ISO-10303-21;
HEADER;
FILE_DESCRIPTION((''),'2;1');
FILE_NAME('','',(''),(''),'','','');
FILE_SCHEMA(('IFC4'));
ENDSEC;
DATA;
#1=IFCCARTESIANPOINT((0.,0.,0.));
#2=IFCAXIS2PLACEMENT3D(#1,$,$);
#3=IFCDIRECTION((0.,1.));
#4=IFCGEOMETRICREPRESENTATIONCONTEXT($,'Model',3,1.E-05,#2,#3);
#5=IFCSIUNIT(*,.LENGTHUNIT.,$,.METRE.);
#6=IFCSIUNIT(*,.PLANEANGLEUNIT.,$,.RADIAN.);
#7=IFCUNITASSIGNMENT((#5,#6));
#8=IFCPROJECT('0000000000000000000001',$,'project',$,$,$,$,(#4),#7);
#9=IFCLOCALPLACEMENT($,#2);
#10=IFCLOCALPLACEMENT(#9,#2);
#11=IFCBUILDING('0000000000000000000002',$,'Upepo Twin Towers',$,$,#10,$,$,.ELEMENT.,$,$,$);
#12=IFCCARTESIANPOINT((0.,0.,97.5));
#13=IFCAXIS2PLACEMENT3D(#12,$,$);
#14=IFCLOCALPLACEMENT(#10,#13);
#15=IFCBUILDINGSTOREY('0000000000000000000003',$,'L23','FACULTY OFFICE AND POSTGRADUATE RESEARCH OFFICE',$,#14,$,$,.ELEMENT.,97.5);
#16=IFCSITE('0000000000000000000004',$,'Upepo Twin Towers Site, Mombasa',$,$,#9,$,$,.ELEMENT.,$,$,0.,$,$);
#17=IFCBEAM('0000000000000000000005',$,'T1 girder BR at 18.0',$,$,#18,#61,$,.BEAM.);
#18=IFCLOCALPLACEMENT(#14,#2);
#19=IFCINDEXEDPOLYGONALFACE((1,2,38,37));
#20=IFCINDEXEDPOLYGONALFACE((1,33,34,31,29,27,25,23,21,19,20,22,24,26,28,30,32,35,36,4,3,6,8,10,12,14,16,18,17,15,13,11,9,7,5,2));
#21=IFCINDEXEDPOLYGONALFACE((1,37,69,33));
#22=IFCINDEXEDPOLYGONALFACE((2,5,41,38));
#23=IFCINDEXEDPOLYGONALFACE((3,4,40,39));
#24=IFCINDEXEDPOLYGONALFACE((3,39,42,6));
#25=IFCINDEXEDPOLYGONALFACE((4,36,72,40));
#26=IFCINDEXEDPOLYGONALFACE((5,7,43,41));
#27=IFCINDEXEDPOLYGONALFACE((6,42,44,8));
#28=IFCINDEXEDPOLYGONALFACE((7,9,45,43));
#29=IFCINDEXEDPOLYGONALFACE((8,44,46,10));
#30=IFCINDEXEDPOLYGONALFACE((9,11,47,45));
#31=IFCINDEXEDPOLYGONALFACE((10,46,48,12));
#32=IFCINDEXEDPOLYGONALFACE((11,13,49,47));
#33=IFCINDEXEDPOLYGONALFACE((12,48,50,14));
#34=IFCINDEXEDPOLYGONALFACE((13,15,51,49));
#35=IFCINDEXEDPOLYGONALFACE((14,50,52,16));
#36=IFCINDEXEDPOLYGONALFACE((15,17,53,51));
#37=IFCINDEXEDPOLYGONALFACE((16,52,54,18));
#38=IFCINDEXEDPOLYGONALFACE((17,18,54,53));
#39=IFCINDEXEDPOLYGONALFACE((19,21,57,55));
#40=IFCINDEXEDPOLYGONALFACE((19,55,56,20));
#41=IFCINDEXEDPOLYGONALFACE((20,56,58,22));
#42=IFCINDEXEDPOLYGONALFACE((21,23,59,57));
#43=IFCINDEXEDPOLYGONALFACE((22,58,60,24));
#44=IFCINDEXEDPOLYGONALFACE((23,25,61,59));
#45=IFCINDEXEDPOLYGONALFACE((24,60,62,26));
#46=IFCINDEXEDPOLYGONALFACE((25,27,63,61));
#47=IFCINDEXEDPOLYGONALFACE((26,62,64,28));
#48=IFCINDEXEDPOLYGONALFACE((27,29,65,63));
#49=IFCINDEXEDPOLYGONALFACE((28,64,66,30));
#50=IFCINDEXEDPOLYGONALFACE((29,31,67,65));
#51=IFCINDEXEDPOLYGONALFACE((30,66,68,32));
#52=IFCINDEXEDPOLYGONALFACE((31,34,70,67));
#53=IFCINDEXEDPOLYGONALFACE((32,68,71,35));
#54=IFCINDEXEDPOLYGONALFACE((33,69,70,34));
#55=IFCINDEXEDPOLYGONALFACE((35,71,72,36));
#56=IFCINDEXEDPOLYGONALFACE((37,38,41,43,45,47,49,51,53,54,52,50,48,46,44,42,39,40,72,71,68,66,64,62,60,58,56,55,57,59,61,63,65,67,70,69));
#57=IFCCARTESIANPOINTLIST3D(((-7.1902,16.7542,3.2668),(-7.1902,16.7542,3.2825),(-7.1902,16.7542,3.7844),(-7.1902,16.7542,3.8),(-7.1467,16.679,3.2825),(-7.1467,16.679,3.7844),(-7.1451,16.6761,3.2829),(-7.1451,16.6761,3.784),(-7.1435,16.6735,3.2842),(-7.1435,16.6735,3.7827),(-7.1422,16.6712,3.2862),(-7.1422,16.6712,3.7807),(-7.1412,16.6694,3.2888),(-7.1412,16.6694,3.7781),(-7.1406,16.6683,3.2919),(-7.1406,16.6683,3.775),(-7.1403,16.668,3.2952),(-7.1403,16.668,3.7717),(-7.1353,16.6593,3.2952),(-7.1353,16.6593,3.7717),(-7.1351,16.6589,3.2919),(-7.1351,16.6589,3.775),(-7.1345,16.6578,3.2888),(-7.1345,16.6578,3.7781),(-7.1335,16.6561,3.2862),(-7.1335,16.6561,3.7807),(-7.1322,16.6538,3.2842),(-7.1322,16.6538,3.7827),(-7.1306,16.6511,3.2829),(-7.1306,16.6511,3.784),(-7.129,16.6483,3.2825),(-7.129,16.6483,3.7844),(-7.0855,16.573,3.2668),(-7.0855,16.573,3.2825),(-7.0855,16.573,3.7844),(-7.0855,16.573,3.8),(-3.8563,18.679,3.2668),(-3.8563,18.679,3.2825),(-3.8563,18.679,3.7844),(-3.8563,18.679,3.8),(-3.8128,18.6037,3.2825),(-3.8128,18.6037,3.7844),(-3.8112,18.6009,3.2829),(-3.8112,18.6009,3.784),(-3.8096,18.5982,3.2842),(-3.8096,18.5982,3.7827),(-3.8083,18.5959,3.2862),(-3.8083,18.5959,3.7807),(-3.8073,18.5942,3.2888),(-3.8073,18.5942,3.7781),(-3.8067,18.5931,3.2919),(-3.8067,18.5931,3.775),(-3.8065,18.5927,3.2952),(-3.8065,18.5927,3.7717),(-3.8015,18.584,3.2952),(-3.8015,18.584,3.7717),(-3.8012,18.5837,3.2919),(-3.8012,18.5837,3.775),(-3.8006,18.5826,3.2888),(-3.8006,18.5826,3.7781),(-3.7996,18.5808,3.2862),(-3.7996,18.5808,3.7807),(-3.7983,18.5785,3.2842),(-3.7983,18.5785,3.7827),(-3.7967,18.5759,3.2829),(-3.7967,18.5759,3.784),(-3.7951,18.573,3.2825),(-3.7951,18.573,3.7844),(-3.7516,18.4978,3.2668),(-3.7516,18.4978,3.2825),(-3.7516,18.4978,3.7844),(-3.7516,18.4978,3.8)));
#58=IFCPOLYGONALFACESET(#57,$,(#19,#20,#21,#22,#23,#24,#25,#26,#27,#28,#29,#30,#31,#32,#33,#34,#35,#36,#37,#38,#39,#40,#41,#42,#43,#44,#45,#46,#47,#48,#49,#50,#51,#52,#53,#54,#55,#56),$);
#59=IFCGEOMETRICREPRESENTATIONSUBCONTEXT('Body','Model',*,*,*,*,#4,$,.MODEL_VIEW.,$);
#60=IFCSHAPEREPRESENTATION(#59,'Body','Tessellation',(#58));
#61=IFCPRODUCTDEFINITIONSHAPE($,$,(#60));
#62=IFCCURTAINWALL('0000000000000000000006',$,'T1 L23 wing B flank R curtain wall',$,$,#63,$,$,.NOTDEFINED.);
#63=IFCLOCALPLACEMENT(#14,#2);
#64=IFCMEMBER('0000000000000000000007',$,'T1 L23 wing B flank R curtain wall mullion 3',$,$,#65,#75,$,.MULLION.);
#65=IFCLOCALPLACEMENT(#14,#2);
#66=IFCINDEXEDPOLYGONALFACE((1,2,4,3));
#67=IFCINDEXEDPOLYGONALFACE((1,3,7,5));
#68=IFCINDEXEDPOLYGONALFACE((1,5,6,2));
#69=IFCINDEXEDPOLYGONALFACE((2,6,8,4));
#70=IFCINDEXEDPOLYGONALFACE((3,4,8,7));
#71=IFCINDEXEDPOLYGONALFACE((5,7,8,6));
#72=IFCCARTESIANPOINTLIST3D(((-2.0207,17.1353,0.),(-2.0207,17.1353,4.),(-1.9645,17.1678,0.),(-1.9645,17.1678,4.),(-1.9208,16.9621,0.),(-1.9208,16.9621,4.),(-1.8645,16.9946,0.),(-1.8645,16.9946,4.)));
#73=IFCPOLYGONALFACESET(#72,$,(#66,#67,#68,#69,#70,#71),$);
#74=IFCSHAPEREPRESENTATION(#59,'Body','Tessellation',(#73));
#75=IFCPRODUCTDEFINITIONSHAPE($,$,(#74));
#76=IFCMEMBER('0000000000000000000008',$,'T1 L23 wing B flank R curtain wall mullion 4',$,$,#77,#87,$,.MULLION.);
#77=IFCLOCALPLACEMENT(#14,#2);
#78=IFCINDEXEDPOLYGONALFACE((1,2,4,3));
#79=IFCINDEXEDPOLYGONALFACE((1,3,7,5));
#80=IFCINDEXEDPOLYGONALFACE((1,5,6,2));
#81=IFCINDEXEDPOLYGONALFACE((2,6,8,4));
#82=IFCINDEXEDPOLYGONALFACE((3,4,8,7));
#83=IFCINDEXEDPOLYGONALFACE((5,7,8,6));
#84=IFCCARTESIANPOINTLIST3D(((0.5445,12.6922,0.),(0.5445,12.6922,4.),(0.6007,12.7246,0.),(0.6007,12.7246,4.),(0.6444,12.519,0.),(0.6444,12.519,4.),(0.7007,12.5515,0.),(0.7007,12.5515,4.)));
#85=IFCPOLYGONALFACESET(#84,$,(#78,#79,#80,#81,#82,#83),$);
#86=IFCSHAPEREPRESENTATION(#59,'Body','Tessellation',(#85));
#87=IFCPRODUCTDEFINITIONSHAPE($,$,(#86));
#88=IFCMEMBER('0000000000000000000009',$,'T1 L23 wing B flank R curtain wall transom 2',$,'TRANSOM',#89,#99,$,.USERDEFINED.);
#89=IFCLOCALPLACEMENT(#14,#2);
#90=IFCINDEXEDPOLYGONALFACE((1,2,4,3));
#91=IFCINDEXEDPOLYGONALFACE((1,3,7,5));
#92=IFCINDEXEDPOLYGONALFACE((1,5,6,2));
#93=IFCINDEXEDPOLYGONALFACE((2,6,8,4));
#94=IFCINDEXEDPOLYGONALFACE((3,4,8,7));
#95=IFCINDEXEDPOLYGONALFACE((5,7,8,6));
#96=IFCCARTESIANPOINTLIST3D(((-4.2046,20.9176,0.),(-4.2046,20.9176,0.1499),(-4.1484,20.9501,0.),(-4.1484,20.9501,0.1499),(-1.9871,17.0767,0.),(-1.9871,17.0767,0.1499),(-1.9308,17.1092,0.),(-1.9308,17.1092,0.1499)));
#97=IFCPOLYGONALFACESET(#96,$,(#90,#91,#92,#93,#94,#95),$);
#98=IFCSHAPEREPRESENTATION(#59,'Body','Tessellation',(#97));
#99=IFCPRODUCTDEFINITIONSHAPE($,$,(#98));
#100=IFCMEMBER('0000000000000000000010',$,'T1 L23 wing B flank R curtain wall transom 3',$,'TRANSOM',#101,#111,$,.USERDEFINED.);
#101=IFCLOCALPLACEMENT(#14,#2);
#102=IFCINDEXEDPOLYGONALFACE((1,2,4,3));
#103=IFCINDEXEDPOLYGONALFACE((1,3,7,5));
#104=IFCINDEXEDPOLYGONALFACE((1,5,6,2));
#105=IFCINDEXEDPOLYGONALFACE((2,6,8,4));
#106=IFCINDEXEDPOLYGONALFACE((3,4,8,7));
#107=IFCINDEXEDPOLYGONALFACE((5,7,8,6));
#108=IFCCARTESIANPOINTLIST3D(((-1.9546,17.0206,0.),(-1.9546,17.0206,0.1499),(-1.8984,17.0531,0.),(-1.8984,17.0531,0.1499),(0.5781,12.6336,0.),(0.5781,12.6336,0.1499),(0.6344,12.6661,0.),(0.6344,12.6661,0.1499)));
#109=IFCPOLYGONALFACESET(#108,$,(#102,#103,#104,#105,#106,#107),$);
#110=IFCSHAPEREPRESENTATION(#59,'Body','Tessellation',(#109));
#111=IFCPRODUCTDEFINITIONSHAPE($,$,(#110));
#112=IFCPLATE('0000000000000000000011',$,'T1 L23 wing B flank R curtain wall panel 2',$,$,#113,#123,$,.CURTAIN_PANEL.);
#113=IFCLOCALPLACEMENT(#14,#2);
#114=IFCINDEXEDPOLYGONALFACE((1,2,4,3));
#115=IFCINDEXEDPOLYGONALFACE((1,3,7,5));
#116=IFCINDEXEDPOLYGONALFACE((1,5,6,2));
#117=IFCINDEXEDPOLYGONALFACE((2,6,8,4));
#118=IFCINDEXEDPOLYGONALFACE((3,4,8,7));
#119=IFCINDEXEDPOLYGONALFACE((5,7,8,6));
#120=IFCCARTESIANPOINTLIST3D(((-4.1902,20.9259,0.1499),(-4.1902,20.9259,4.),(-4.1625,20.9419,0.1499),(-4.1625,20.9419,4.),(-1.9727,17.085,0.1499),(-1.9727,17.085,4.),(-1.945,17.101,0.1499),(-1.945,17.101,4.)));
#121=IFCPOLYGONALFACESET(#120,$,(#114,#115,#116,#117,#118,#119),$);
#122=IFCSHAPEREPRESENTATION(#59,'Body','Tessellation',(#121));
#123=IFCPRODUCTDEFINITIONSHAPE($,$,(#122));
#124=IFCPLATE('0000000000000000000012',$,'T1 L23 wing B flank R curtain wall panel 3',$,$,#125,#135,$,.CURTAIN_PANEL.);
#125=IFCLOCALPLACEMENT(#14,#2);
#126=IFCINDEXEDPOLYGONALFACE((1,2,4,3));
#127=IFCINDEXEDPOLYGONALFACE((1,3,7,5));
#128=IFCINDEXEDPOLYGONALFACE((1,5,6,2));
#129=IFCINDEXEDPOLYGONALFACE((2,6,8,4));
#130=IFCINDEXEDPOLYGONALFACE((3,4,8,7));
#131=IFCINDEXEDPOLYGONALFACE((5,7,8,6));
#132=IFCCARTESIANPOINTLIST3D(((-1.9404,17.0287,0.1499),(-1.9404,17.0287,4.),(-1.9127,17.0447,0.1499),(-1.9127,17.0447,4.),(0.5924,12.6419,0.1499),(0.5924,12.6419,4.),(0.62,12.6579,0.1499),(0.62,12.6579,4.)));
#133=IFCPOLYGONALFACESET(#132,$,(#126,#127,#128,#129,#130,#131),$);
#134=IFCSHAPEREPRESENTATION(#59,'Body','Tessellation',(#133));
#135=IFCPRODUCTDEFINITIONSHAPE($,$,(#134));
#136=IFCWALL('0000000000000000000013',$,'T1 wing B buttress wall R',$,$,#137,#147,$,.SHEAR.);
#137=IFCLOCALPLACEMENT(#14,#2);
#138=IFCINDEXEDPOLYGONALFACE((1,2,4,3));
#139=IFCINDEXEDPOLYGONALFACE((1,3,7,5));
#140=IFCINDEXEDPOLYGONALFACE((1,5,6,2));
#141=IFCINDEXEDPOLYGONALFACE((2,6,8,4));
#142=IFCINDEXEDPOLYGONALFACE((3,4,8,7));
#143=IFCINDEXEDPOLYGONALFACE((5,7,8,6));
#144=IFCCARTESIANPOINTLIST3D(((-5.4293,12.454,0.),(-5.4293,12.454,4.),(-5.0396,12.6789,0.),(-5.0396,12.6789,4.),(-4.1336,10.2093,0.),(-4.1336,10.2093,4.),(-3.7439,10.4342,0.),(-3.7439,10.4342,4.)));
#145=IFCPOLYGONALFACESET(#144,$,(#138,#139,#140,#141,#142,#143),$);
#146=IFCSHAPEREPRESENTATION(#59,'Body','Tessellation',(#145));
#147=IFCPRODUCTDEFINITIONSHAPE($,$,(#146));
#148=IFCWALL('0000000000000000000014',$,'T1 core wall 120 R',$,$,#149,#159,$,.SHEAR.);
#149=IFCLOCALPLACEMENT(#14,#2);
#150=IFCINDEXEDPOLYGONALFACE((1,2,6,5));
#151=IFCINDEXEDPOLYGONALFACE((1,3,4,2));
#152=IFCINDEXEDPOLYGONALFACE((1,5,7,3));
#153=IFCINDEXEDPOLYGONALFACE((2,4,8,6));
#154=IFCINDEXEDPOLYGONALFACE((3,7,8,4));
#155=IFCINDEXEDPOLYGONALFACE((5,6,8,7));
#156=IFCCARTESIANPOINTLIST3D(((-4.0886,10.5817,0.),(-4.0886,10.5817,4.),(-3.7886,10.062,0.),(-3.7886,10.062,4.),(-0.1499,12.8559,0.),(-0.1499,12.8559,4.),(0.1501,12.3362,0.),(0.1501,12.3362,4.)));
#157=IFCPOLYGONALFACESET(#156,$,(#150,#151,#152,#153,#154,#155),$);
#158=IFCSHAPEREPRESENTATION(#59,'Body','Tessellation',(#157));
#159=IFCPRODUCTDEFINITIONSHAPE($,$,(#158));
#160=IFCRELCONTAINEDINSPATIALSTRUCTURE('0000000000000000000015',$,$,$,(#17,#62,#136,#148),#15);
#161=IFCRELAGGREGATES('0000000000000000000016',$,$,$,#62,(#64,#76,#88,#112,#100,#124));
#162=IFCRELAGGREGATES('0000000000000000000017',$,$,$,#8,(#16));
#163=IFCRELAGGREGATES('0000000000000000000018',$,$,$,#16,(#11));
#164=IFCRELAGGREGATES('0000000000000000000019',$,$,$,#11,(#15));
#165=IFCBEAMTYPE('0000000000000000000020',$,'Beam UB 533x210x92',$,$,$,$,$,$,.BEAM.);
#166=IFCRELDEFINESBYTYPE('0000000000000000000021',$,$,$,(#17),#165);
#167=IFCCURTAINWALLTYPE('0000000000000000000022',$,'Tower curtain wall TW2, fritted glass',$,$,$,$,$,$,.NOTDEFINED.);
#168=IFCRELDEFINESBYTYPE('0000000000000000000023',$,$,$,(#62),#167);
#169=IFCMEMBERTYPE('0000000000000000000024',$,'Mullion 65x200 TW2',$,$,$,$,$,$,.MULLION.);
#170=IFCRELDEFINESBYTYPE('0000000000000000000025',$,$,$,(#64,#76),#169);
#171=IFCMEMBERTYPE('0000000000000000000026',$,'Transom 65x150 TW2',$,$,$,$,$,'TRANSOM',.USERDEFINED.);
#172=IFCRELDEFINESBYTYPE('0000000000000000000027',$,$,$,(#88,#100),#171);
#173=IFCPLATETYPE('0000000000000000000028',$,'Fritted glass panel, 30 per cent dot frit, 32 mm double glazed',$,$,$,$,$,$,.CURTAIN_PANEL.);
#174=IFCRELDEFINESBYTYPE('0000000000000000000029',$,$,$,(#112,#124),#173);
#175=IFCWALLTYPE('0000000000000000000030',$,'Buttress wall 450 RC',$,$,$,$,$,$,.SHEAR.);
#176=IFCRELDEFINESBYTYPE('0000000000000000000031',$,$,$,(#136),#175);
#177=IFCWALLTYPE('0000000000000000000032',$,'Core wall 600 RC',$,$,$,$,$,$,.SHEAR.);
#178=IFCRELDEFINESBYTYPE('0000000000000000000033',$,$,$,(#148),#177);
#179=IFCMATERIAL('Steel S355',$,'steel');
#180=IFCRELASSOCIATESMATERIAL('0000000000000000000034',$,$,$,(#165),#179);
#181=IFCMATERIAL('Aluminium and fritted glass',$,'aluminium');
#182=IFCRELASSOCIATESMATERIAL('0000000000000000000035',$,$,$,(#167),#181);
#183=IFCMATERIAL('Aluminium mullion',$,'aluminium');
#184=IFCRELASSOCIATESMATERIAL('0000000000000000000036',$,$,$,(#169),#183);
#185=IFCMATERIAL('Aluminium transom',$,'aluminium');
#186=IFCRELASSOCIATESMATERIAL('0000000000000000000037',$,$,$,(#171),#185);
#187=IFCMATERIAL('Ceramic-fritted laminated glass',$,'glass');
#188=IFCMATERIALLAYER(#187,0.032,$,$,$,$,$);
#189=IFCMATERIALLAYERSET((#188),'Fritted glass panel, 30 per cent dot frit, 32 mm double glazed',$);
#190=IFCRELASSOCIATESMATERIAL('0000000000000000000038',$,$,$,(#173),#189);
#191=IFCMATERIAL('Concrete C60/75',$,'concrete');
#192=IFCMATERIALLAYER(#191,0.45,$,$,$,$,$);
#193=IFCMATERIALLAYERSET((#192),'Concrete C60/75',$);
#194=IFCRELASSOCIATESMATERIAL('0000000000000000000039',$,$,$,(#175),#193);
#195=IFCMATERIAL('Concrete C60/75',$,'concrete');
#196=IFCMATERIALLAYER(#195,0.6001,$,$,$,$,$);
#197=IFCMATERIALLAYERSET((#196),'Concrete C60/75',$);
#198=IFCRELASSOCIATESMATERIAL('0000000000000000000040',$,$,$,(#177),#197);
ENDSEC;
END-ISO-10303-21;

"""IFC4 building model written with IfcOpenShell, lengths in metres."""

from ifc_helpers import new_model, si_unit, direction, frame, frame_2d, origin, origin_2d, place, context, subcontext, project, spatial, rectangle, i_section, extrude, material, layer, layer_set, material_profile, profile_set, type_object, element, aggregate, save


model = new_model("IFC4")

# Units and contexts
model_context = context("Model", 3, precision=1e-05, world=origin(), true_north=direction((0.0, 1.0)))
body_context = subcontext(model_context, "Body", "Model", "MODEL_VIEW")
ifc_project = project(units=[si_unit("LENGTHUNIT", "METRE"), si_unit("PLANEANGLEUNIT", "RADIAN")], contexts=[model_context])

# Site, building, storey
site_placement = place(None, origin())
site = spatial("IfcSite", under=ifc_project, at=site_placement, Name="Upepo Twin Towers Site, Mombasa", CompositionType="ELEMENT", RefElevation=0.0)
building_placement = place(site_placement, origin())
building = spatial("IfcBuilding", under=site, at=building_placement, Name="Upepo Twin Towers", CompositionType="ELEMENT")
storey_placement = place(building_placement, frame((0.0, 0.0, 97.5)))
storey = spatial("IfcBuildingStorey", under=building, at=storey_placement, Name="L23", Description="FACULTY OFFICE AND POSTGRADUATE RESEARCH OFFICE", CompositionType="ELEMENT", Elevation=97.5)

# Beam
ifc_material_1 = material(Name="Steel S355", Category="steel")
ifc_material_profile_1 = material_profile(ifc_material_1, i_section(OverallWidth=0.2092, OverallDepth=0.5332, WebThickness=0.01, FlangeThickness=0.0156, FilletRadius=0.0127, at=origin_2d()), Name="UB 533x210x92")
ifc_profile_set_1 = profile_set([ifc_material_profile_1], Name="Steel S355")
beam_type_1 = type_object("IfcBeamType", Name="Beam UB 533x210x92", PredefinedType="BEAM", material=ifc_profile_set_1)
beam_1_placement = place(storey_placement, frame((-3.804, 18.5884, 3.5334), z_axis=(-0.866034, -0.499986, 0.0), x_axis=(0.499986, -0.866034, 0.0)))
element("IfcBeam", 1, at=beam_1_placement, inside=storey, type_object=beam_type_1, Name="T1 girder BR at 18.0", PredefinedType="BEAM", context=body_context, shape_type="SweptSolid", body=[
    extrude(i_section(OverallWidth=0.2092, OverallDepth=0.5332, WebThickness=0.01, FlangeThickness=0.0156, FilletRadius=0.0127, at=origin_2d()), origin(), (0.0, 0.0, 1.0), 3.8496),
])

# Curtain wall, members, plates
ifc_material_2 = material(Name="Aluminium and fritted glass", Category="aluminium")
curtain_wall_type = type_object("IfcCurtainWallType", Name="Tower curtain wall TW2, fritted glass", PredefinedType="NOTDEFINED", material=ifc_material_2)
curtain_wall_placement = place(storey_placement, origin())
curtain_wall = element("IfcCurtainWall", 2, at=curtain_wall_placement, inside=storey, type_object=curtain_wall_type, Name="T1 L23 wing B flank R curtain wall", PredefinedType="NOTDEFINED")
ifc_material_3 = material(Name="Aluminium mullion", Category="aluminium")
ifc_material_profile_2 = material_profile(ifc_material_3, rectangle(XDim=0.0649, YDim=0.2, at=origin_2d()), Name="MULLION 65x200")
ifc_profile_set_2 = profile_set([ifc_material_profile_2], Name="Aluminium mullion")
member_type_1 = type_object("IfcMemberType", Name="Mullion 65x200 TW2", PredefinedType="MULLION", material=ifc_profile_set_2)
member_1_placement = place(storey_placement, frame((-1.9426, 17.0649, 0.0), z_axis=(0.0, 0.0, 1.0), x_axis=(0.866025, 0.5, 0.0)))
member_1 = element("IfcMember", 3, at=member_1_placement, type_object=member_type_1, Name="T1 L23 wing B flank R curtain wall mullion 3", PredefinedType="MULLION", context=body_context, shape_type="SweptSolid", body=[
    extrude(rectangle(XDim=0.0649, YDim=0.2, at=origin_2d()), origin(), (0.0, 0.0, 1.0), 4.0),
])
member_2_placement = place(storey_placement, frame((0.6226, 12.6218, 0.0), z_axis=(0.0, 0.0, 1.0), x_axis=(0.866025, 0.5, 0.0)))
member_2 = element("IfcMember", 4, at=member_2_placement, type_object=member_type_1, Name="T1 L23 wing B flank R curtain wall mullion 4", PredefinedType="MULLION", context=body_context, shape_type="SweptSolid", body=[
    extrude(rectangle(XDim=0.0649, YDim=0.2, at=origin_2d()), origin(), (0.0, 0.0, 1.0), 4.0),
])
ifc_material_4 = material(Name="Aluminium transom", Category="aluminium")
ifc_material_profile_3 = material_profile(ifc_material_4, rectangle(XDim=0.0649, YDim=0.1499, at=origin_2d()), Name="TRANSOM 65x150")
ifc_profile_set_3 = profile_set([ifc_material_profile_3], Name="Aluminium transom")
member_type_2 = type_object("IfcMemberType", Name="Transom 65x150 TW2", ElementType="TRANSOM", PredefinedType="USERDEFINED", material=ifc_profile_set_3)
member_3_placement = place(storey_placement, frame((-4.1765, 20.9338, 0.075), z_axis=(0.500005, -0.866022, 0.0), x_axis=(0.866022, 0.500005, 0.0)))
member_3 = element("IfcMember", 5, at=member_3_placement, type_object=member_type_2, Name="T1 L23 wing B flank R curtain wall transom 2", ObjectType="TRANSOM", PredefinedType="USERDEFINED", context=body_context, shape_type="SweptSolid", body=[
    extrude(rectangle(XDim=0.0649, YDim=0.1499, at=origin_2d()), origin(), (0.0, 0.0, 1.0), 4.4351),
])
member_4_placement = place(storey_placement, frame((-1.9265, 17.0369, 0.075), z_axis=(0.499985, -0.866034, 0.0), x_axis=(0.866034, 0.499985, 0.0)))
member_4 = element("IfcMember", 6, at=member_4_placement, type_object=member_type_2, Name="T1 L23 wing B flank R curtain wall transom 3", ObjectType="TRANSOM", PredefinedType="USERDEFINED", context=body_context, shape_type="SweptSolid", body=[
    extrude(rectangle(XDim=0.0649, YDim=0.1499, at=origin_2d()), origin(), (0.0, 0.0, 1.0), 5.0657),
])
ifc_material_5 = material(Name="Ceramic-fritted laminated glass", Category="glass")
ifc_layer_1 = layer(ifc_material_5, 0.032)
ifc_layer_set_1 = layer_set([ifc_layer_1], Name="Fritted glass panel, 30 per cent dot frit, 32 mm double glazed")
plate_type = type_object("IfcPlateType", Name="Fritted glass panel, 30 per cent dot frit, 32 mm double glazed", PredefinedType="CURTAIN_PANEL", material=ifc_layer_set_1)
plate_1_placement = place(storey_placement, frame((-3.0676, 19.0134, 0.1499), z_axis=(0.0, 0.0, 1.0), x_axis=(0.5, -0.866025, 0.0)))
plate_1 = element("IfcPlate", 7, at=plate_1_placement, type_object=plate_type, Name="T1 L23 wing B flank R curtain wall panel 2", PredefinedType="CURTAIN_PANEL", context=body_context, shape_type="SweptSolid", body=[
    extrude(rectangle(XDim=4.4351, YDim=0.032, at=origin_2d()), origin(), (0.0, 0.0, 1.0), 3.8501),
])
plate_2_placement = place(storey_placement, frame((-0.6602, 14.8433, 0.1499), z_axis=(0.0, 0.0, 1.0), x_axis=(0.5, -0.866025, 0.0)))
plate_2 = element("IfcPlate", 8, at=plate_2_placement, type_object=plate_type, Name="T1 L23 wing B flank R curtain wall panel 3", PredefinedType="CURTAIN_PANEL", context=body_context, shape_type="SweptSolid", body=[
    extrude(rectangle(XDim=5.0654, YDim=0.032, at=origin_2d()), origin(), (0.0, 0.0, 1.0), 3.8501),
])
aggregate(curtain_wall, [member_1, member_2, member_3, plate_1, member_4, plate_2])

# Walls
ifc_material_6 = material(Name="Concrete C60/75", Category="concrete")
ifc_layer_2 = layer(ifc_material_6, 0.45)
ifc_layer_set_2 = layer_set([ifc_layer_2], Name="Concrete C60/75")
wall_type_1 = type_object("IfcWallType", Name="Buttress wall 450 RC", PredefinedType="SHEAR", material=ifc_layer_set_2)
wall_1_placement = place(storey_placement, frame((-3.9387, 10.3218, 0.0), z_axis=(0.0, 0.0, 1.0), x_axis=(-0.499918, 0.866073, 0.0)))
element("IfcWall", 9, at=wall_1_placement, inside=storey, type_object=wall_type_1, Name="T1 wing B buttress wall R", PredefinedType="SHEAR", context=body_context, shape_type="SweptSolid", body=[
    extrude(rectangle(XDim=2.5918, YDim=0.45, at=frame_2d((1.2959, 0.0))), origin(), (0.0, 0.0, 1.0), 4.0),
])
ifc_material_7 = material(Name="Concrete C60/75", Category="concrete")
ifc_layer_3 = layer(ifc_material_7, 0.6001)
ifc_layer_set_3 = layer_set([ifc_layer_3], Name="Concrete C60/75")
wall_type_2 = type_object("IfcWallType", Name="Core wall 600 RC", PredefinedType="SHEAR", material=ifc_layer_set_3)
wall_2_placement = place(storey_placement, frame((0.0, 12.5959, 0.0), z_axis=(0.0, 0.0, 1.0), x_axis=(-0.866011, -0.500024, 0.0)))
element("IfcWall", 10, at=wall_2_placement, inside=storey, type_object=wall_type_2, Name="T1 core wall 120 R", PredefinedType="SHEAR", context=body_context, shape_type="SweptSolid", body=[
    extrude(rectangle(XDim=4.5481, YDim=0.6001, at=frame_2d((2.2739, 0.0))), origin(), (0.0, 0.0, 1.0), 4.0),
])

save(model, "model.ifc")
